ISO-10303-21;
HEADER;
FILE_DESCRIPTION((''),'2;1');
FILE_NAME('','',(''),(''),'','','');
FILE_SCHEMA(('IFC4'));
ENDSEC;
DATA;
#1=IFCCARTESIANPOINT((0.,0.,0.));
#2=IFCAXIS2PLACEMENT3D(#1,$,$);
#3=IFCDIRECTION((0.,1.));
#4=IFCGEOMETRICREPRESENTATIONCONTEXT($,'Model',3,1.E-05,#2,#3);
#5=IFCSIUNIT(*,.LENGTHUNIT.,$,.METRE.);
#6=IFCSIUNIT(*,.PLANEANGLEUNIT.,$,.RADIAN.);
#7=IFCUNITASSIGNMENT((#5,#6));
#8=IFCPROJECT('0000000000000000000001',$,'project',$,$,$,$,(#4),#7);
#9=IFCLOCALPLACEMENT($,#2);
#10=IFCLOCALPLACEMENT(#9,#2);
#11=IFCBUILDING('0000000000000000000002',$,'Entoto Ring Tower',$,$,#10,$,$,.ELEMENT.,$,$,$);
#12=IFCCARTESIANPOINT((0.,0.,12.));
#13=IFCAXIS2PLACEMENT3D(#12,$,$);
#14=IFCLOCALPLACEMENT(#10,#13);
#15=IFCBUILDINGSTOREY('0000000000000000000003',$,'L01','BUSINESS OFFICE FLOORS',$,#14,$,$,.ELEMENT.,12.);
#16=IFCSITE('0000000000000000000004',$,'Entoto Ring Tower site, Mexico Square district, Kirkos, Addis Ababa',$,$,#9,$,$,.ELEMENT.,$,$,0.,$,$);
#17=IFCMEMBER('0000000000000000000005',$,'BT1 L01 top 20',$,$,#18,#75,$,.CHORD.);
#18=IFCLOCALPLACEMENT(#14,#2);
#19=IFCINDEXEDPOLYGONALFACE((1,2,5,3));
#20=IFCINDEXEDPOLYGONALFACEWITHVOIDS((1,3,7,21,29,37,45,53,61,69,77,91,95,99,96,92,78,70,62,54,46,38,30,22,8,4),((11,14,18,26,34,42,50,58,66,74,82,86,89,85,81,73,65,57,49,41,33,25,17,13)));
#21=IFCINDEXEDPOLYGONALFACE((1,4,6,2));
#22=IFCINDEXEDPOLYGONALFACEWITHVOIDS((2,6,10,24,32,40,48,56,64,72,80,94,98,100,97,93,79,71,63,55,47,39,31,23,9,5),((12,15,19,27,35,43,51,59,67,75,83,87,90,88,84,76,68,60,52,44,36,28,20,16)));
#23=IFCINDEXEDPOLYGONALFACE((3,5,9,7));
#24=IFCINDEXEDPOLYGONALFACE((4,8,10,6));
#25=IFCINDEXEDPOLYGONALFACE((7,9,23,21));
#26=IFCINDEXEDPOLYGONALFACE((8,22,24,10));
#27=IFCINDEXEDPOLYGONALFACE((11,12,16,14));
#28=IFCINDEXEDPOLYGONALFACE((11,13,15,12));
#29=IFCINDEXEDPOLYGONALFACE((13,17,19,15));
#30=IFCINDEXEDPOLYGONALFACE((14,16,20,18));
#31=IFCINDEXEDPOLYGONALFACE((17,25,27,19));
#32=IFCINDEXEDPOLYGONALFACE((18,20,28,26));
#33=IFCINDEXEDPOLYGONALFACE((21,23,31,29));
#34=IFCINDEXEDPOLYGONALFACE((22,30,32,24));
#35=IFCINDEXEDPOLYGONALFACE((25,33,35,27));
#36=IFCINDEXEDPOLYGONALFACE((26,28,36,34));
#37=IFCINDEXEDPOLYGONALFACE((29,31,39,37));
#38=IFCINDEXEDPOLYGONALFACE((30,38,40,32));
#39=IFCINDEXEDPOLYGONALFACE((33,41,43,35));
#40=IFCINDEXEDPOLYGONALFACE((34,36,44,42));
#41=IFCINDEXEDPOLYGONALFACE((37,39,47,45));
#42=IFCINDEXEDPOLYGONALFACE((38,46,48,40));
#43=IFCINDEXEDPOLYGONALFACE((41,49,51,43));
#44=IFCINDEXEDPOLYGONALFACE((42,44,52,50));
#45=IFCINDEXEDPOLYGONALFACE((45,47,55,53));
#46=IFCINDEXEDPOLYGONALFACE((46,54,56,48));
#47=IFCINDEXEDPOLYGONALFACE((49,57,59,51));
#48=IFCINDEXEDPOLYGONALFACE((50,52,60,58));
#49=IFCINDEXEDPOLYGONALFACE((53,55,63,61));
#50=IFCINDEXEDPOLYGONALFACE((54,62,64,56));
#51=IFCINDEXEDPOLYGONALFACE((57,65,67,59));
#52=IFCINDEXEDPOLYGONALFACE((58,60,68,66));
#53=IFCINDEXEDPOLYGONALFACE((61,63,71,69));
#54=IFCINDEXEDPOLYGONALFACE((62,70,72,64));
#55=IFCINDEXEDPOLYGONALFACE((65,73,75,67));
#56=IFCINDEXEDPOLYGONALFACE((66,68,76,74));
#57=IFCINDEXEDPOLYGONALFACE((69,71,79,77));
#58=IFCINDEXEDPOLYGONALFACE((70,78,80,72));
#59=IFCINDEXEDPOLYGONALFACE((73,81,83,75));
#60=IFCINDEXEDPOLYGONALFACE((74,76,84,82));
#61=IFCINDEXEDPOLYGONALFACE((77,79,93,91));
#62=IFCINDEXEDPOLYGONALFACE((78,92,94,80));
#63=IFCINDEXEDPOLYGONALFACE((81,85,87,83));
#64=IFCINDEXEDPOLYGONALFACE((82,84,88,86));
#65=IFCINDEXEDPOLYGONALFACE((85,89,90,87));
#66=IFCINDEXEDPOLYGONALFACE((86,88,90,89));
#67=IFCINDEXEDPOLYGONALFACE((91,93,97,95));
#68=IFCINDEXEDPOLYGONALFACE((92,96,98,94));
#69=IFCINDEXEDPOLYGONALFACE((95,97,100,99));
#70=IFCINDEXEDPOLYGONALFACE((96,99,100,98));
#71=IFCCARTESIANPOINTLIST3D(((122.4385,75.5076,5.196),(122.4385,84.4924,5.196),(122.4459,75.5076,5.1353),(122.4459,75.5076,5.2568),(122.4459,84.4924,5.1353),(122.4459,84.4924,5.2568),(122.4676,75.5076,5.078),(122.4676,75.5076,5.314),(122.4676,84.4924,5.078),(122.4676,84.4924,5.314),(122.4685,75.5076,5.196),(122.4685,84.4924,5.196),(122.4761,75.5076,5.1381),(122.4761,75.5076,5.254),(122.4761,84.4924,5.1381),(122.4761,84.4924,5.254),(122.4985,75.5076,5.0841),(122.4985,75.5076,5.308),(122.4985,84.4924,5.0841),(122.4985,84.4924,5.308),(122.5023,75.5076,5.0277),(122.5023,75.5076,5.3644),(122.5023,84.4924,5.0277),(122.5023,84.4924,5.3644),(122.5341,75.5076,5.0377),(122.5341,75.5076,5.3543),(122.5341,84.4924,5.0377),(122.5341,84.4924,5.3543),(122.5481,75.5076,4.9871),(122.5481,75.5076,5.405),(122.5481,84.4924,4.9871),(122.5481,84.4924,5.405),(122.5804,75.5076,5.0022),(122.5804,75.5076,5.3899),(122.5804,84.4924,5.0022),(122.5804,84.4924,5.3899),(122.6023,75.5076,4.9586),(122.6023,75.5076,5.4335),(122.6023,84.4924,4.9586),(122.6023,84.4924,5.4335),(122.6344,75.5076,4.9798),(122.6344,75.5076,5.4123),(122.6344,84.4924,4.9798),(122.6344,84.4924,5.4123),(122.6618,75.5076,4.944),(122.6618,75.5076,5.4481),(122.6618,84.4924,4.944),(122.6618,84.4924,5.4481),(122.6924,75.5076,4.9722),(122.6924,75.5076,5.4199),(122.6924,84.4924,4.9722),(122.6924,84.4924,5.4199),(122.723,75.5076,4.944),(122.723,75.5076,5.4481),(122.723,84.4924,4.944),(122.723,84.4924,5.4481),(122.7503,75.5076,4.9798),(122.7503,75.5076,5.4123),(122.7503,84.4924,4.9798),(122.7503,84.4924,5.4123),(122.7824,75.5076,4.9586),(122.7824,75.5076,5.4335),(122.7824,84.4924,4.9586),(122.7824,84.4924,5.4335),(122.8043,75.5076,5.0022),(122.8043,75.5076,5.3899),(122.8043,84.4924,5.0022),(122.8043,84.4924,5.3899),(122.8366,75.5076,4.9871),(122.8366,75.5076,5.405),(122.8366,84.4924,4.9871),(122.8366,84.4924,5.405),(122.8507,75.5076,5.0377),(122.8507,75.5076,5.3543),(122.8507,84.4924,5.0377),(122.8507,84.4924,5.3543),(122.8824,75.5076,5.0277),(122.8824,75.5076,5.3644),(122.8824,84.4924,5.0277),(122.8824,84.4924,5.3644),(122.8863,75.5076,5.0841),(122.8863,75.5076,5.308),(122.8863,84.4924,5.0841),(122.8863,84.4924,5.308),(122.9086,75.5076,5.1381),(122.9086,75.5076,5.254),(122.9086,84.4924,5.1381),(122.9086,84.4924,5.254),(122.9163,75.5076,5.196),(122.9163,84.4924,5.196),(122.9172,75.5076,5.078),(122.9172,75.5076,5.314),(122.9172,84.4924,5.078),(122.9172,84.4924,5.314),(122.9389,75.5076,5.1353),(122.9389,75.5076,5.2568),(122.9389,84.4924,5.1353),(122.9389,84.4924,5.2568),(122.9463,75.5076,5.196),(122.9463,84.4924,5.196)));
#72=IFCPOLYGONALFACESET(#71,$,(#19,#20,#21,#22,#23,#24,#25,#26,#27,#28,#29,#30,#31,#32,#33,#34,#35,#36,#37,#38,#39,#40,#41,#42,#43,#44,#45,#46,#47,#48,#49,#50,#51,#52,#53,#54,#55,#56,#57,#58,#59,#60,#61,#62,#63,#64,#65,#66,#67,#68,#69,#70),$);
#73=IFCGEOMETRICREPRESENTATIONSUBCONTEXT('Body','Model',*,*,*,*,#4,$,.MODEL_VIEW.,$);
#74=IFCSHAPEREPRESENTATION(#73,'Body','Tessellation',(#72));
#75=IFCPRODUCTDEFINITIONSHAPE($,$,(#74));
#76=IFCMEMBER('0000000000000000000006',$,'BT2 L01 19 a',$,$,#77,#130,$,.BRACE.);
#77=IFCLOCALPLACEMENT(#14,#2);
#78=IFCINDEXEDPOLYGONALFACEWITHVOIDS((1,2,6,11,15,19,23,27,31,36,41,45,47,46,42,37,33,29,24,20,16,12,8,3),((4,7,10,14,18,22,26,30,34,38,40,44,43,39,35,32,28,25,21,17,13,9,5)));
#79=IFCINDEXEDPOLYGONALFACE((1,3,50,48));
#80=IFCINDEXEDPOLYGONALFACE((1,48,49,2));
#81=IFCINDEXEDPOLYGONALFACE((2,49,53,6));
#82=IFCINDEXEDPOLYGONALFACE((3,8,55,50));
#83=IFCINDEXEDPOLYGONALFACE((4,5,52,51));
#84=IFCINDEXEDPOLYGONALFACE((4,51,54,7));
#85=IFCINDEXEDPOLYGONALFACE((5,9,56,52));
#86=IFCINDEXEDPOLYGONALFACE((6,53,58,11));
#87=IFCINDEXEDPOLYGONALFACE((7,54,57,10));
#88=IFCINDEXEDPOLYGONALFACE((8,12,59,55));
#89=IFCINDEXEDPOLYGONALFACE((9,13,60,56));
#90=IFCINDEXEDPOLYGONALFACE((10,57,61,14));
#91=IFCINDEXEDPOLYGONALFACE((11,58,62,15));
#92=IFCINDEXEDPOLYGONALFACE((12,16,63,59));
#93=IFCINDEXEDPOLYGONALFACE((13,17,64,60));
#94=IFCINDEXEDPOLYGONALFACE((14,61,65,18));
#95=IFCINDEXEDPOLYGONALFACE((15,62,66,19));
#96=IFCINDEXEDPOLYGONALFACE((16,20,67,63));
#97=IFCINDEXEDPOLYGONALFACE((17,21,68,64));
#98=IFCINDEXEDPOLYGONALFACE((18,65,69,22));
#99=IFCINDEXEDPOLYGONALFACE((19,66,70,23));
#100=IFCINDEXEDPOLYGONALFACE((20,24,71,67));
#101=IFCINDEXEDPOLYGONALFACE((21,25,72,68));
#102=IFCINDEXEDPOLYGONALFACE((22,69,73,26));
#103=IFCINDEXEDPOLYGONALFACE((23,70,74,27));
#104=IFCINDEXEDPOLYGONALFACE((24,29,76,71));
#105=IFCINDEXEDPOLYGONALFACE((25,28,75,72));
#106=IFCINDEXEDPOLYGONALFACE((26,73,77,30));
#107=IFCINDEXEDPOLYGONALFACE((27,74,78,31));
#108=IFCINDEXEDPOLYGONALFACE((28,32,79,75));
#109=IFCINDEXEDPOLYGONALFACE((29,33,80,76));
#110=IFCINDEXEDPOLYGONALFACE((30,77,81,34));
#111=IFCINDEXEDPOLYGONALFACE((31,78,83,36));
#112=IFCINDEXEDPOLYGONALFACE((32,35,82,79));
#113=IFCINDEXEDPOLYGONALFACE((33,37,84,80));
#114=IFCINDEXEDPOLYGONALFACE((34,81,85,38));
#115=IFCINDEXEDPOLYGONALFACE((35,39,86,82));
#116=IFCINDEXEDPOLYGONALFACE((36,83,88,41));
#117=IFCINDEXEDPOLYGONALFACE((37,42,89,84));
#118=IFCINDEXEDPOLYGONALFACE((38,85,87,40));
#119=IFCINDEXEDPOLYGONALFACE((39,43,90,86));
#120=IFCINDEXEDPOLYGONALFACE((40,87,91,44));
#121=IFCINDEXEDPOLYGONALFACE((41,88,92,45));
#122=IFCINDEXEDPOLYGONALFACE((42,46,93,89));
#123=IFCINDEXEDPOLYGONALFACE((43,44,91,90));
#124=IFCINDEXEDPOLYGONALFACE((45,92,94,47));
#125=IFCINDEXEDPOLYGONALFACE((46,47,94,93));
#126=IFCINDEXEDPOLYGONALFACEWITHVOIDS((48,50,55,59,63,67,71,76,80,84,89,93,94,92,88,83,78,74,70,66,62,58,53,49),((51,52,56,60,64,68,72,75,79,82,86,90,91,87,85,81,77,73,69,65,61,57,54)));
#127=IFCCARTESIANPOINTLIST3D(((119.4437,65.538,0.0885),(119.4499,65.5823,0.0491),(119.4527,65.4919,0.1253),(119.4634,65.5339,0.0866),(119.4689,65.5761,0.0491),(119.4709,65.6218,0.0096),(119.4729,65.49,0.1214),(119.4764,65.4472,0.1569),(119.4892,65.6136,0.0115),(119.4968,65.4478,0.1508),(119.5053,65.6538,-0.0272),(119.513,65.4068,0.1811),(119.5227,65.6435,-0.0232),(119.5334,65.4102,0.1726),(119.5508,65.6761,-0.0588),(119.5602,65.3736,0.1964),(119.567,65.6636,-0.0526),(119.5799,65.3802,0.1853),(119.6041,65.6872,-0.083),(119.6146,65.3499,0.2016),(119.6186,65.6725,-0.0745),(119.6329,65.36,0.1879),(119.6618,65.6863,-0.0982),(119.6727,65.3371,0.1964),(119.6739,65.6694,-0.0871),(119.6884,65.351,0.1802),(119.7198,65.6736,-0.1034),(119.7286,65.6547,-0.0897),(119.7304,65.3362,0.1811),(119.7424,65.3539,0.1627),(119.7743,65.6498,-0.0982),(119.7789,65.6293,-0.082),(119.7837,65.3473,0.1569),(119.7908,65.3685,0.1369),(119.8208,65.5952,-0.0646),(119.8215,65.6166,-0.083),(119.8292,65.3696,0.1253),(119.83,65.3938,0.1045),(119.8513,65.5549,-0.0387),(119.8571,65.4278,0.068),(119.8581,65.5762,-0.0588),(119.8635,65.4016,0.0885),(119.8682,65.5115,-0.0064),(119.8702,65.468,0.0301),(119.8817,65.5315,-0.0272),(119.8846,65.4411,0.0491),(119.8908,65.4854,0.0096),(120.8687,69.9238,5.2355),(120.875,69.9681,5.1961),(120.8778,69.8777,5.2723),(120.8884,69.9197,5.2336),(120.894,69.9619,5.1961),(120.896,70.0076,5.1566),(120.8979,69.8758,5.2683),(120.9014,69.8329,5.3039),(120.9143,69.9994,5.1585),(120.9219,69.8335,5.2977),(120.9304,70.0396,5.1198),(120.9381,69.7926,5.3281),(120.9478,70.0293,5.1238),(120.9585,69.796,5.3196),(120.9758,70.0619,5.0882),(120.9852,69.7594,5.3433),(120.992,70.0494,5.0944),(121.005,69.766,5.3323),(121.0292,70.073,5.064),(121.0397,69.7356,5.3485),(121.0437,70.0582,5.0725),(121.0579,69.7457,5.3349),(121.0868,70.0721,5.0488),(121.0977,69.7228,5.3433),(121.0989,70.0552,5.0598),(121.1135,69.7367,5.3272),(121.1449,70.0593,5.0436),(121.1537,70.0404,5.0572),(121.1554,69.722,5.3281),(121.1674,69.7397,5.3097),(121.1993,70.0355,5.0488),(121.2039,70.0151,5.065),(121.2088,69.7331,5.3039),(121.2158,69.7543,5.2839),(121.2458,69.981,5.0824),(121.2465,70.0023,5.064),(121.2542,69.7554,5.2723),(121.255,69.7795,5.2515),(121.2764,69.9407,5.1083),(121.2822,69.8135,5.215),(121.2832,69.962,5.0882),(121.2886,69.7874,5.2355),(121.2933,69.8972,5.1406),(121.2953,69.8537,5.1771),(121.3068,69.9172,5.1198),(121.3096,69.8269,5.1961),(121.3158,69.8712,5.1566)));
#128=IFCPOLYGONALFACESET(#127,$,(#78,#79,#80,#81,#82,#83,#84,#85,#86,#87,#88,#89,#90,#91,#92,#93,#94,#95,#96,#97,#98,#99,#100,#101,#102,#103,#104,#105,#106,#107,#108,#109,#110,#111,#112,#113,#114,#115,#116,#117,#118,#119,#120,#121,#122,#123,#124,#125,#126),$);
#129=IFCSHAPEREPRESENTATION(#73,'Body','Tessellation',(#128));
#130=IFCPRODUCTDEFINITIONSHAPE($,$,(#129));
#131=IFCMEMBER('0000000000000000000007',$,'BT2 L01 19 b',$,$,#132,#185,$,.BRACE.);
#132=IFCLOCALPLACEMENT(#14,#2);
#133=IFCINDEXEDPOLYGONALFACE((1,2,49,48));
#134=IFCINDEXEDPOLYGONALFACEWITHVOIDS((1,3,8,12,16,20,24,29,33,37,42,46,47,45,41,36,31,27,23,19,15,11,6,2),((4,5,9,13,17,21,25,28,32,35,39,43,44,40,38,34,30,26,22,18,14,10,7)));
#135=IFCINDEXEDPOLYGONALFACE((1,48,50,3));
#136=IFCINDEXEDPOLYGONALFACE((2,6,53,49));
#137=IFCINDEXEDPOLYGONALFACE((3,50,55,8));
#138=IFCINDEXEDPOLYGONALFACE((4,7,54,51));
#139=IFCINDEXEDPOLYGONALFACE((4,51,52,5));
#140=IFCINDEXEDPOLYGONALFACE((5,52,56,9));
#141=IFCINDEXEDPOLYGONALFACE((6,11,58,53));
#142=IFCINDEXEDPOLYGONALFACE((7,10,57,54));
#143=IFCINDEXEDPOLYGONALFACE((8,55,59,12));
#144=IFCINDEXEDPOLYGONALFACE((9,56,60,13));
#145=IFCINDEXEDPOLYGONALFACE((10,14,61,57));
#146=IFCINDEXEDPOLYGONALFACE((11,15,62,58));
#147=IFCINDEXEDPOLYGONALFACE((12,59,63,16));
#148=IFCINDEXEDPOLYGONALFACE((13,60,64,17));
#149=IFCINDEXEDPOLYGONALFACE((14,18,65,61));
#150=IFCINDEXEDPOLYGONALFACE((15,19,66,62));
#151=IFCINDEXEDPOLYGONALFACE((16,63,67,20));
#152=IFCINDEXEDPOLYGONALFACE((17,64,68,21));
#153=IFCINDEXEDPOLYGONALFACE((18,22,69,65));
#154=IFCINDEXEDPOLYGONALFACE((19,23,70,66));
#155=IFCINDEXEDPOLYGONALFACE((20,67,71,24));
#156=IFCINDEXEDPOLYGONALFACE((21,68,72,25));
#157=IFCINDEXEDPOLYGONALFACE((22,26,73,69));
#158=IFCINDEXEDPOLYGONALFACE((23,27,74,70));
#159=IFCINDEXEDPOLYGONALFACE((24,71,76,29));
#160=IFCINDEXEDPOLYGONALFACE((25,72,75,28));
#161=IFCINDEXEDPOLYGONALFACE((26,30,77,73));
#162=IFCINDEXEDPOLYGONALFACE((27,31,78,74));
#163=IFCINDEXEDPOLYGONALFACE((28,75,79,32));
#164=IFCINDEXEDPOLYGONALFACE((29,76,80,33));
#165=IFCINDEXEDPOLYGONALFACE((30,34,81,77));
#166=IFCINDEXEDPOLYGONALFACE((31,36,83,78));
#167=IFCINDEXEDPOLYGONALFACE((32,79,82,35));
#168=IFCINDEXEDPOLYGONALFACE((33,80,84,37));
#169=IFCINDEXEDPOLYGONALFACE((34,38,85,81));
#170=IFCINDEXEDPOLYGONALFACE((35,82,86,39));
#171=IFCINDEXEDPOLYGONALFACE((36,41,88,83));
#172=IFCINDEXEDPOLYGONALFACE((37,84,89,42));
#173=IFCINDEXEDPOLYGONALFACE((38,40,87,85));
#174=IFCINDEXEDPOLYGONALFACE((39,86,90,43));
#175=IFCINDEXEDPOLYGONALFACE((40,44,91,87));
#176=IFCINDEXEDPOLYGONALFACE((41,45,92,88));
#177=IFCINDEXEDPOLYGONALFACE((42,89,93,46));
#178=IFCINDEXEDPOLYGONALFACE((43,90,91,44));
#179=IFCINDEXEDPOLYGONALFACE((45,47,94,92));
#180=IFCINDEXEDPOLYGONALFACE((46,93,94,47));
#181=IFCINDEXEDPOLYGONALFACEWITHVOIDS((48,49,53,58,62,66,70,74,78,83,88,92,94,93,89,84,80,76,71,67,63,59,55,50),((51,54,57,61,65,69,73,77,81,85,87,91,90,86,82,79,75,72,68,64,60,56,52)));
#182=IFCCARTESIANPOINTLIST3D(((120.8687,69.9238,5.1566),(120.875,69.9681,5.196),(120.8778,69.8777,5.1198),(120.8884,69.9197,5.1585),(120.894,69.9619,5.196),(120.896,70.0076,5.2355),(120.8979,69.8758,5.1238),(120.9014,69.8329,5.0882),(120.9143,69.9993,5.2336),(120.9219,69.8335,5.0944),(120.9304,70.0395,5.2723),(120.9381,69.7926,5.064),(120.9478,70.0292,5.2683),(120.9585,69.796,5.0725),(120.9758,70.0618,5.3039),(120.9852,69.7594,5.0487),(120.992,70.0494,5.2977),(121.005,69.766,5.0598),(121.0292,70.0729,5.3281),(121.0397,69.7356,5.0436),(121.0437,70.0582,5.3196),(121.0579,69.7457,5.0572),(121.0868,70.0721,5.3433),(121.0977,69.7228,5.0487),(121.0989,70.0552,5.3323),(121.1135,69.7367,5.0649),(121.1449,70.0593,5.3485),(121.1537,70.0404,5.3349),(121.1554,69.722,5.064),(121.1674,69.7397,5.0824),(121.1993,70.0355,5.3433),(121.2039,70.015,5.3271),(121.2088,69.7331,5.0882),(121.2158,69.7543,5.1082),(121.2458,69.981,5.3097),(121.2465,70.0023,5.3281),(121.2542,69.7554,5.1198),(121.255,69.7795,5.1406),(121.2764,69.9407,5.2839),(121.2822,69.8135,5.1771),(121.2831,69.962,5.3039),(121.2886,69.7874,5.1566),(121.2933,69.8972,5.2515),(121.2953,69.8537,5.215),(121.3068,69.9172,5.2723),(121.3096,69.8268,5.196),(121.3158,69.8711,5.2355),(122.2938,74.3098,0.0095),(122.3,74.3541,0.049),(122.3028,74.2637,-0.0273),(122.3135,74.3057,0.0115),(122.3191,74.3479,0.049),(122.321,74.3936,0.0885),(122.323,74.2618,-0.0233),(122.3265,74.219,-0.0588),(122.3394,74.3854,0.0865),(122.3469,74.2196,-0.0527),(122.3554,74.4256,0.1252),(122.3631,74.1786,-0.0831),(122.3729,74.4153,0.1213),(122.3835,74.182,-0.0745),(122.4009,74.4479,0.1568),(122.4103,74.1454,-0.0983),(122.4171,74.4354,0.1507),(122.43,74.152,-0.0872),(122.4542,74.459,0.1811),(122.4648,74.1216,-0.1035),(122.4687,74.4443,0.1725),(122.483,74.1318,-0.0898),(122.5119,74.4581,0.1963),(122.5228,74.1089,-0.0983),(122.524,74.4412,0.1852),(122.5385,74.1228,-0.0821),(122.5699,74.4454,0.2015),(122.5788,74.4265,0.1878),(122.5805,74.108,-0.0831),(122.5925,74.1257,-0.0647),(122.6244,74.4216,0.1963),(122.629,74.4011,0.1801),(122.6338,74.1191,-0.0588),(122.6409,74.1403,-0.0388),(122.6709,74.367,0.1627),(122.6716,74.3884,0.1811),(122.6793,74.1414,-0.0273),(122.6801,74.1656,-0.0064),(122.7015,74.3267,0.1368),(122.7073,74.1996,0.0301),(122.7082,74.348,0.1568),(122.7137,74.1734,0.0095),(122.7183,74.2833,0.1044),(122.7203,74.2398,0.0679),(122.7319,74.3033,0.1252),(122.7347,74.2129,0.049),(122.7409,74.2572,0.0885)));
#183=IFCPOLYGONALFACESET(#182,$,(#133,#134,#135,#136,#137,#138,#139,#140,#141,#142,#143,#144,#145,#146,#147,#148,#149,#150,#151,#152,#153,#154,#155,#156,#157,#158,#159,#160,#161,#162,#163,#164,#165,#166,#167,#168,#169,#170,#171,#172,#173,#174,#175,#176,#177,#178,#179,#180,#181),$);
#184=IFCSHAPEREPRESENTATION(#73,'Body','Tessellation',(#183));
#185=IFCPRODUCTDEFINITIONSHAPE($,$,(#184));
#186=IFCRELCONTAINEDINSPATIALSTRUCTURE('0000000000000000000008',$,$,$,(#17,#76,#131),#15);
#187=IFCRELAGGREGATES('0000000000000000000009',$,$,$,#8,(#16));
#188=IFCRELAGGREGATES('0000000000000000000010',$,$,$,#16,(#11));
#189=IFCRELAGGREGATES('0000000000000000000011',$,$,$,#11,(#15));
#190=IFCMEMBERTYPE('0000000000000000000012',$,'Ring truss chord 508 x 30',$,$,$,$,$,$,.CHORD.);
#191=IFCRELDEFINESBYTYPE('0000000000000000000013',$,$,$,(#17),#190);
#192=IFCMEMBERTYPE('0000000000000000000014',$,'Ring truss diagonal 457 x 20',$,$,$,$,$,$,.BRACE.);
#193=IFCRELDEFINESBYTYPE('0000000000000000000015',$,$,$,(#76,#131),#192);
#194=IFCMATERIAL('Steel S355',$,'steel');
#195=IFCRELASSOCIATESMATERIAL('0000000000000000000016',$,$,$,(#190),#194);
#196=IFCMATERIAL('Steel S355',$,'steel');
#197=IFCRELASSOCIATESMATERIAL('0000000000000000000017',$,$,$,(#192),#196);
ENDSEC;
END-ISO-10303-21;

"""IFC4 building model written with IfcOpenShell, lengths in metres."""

from ifc_helpers import new_model, si_unit, direction, frame, origin, origin_2d, place, context, subcontext, project, spatial, circle, hollow_circle, extrude, material, material_profile, profile_set, type_object, element, save


model = new_model("IFC4")

# Units and contexts
model_context = context("Model", 3, precision=1e-05, world=origin(), true_north=direction((0.0, 1.0)))
body_context = subcontext(model_context, "Body", "Model", "MODEL_VIEW")
ifc_project = project(units=[si_unit("LENGTHUNIT", "METRE"), si_unit("PLANEANGLEUNIT", "RADIAN")], contexts=[model_context])

# Site, building, storey
site_placement = place(None, origin())
site = spatial("IfcSite", under=ifc_project, at=site_placement, Name="Entoto Ring Tower site, Mexico Square district, Kirkos, Addis Ababa", CompositionType="ELEMENT", RefElevation=0.0)
building_placement = place(site_placement, origin())
building = spatial("IfcBuilding", under=site, at=building_placement, Name="Entoto Ring Tower", CompositionType="ELEMENT")
storey_placement = place(building_placement, frame((0.0, 0.0, 12.0)))
storey = spatial("IfcBuildingStorey", under=building, at=storey_placement, Name="L01", Description="BUSINESS OFFICE FLOORS", CompositionType="ELEMENT", Elevation=12.0)

# Members
ifc_material_1 = material(Name="Steel S355", Category="steel")
ifc_material_profile_1 = material_profile(ifc_material_1, hollow_circle(Radius=0.2539, WallThickness=0.03, at=origin_2d()), Name="CHS 508 x 30")
ifc_material_2 = material(Name="Concrete C60/75", Category="concrete")
ifc_material_profile_2 = material_profile(ifc_material_2, circle(Radius=0.2241, at=origin_2d()), Name="Concrete C60/75 infill")
ifc_profile_set_1 = profile_set([ifc_material_profile_1, ifc_material_profile_2], Name="Steel S355")
member_type_1 = type_object("IfcMemberType", Name="Ring truss chord 508 x 30", PredefinedType="CHORD", material=ifc_profile_set_1)
for number, where, z_axis, x_axis, name in (
    (1, (122.6924, 75.5076, 5.196), (0.0, 1.0, 0.0), (-1.0, 0.0, 0.0), "BT1 L01 top 20"),
):
    element("IfcMember", number, at=place(storey_placement, frame(where, z_axis=z_axis, x_axis=x_axis)), inside=storey, type_object=member_type_1, Name=name, PredefinedType="CHORD", context=body_context, shape_type="SweptSolid", body=[
        extrude(hollow_circle(Radius=0.2539, WallThickness=0.03, at=origin_2d()), origin(), (0.0, 0.0, 1.0), 8.9849),
    ])
ifc_material_3 = material(Name="Steel S355", Category="steel")
ifc_material_profile_3 = material_profile(ifc_material_3, hollow_circle(Radius=0.2285, WallThickness=0.02, at=origin_2d()), Name="CHS 457 x 20")
ifc_material_4 = material(Name="Concrete C60/75", Category="concrete")
ifc_material_profile_4 = material_profile(ifc_material_4, circle(Radius=0.2085, at=origin_2d()), Name="Concrete C60/75 infill")
ifc_profile_set_2 = profile_set([ifc_material_profile_3, ifc_material_profile_4], Name="Steel S355")
member_type_2 = type_object("IfcMemberType", Name="Ring truss diagonal 457 x 20", PredefinedType="BRACE", material=ifc_profile_set_2)
member_1_placement = place(storey_placement, frame((119.6672, 65.5117, 0.0491), z_axis=(0.206211, 0.634637, 0.744791), x_axis=(-0.951054, 0.309024, 0.0)))
element("IfcMember", 2, at=member_1_placement, inside=storey, type_object=member_type_2, Name="BT2 L01 19 a", PredefinedType="BRACE", context=body_context, shape_type="SweptSolid", body=[
    extrude(hollow_circle(Radius=0.2285, WallThickness=0.02, at=origin_2d()), origin(), (0.0, 0.0, 1.0), 6.9106),
])
member_2_placement = place(storey_placement, frame((121.0923, 69.8975, 5.196), z_axis=(0.206206, 0.634658, -0.744774), x_axis=(-0.951059, 0.309008, 0.0)))
element("IfcMember", 3, at=member_2_placement, inside=storey, type_object=member_type_2, Name="BT2 L01 19 b", PredefinedType="BRACE", context=body_context, shape_type="SweptSolid", body=[
    extrude(hollow_circle(Radius=0.2285, WallThickness=0.02, at=origin_2d()), origin(), (0.0, 0.0, 1.0), 6.9109),
])

save(model, "model.ifc")
